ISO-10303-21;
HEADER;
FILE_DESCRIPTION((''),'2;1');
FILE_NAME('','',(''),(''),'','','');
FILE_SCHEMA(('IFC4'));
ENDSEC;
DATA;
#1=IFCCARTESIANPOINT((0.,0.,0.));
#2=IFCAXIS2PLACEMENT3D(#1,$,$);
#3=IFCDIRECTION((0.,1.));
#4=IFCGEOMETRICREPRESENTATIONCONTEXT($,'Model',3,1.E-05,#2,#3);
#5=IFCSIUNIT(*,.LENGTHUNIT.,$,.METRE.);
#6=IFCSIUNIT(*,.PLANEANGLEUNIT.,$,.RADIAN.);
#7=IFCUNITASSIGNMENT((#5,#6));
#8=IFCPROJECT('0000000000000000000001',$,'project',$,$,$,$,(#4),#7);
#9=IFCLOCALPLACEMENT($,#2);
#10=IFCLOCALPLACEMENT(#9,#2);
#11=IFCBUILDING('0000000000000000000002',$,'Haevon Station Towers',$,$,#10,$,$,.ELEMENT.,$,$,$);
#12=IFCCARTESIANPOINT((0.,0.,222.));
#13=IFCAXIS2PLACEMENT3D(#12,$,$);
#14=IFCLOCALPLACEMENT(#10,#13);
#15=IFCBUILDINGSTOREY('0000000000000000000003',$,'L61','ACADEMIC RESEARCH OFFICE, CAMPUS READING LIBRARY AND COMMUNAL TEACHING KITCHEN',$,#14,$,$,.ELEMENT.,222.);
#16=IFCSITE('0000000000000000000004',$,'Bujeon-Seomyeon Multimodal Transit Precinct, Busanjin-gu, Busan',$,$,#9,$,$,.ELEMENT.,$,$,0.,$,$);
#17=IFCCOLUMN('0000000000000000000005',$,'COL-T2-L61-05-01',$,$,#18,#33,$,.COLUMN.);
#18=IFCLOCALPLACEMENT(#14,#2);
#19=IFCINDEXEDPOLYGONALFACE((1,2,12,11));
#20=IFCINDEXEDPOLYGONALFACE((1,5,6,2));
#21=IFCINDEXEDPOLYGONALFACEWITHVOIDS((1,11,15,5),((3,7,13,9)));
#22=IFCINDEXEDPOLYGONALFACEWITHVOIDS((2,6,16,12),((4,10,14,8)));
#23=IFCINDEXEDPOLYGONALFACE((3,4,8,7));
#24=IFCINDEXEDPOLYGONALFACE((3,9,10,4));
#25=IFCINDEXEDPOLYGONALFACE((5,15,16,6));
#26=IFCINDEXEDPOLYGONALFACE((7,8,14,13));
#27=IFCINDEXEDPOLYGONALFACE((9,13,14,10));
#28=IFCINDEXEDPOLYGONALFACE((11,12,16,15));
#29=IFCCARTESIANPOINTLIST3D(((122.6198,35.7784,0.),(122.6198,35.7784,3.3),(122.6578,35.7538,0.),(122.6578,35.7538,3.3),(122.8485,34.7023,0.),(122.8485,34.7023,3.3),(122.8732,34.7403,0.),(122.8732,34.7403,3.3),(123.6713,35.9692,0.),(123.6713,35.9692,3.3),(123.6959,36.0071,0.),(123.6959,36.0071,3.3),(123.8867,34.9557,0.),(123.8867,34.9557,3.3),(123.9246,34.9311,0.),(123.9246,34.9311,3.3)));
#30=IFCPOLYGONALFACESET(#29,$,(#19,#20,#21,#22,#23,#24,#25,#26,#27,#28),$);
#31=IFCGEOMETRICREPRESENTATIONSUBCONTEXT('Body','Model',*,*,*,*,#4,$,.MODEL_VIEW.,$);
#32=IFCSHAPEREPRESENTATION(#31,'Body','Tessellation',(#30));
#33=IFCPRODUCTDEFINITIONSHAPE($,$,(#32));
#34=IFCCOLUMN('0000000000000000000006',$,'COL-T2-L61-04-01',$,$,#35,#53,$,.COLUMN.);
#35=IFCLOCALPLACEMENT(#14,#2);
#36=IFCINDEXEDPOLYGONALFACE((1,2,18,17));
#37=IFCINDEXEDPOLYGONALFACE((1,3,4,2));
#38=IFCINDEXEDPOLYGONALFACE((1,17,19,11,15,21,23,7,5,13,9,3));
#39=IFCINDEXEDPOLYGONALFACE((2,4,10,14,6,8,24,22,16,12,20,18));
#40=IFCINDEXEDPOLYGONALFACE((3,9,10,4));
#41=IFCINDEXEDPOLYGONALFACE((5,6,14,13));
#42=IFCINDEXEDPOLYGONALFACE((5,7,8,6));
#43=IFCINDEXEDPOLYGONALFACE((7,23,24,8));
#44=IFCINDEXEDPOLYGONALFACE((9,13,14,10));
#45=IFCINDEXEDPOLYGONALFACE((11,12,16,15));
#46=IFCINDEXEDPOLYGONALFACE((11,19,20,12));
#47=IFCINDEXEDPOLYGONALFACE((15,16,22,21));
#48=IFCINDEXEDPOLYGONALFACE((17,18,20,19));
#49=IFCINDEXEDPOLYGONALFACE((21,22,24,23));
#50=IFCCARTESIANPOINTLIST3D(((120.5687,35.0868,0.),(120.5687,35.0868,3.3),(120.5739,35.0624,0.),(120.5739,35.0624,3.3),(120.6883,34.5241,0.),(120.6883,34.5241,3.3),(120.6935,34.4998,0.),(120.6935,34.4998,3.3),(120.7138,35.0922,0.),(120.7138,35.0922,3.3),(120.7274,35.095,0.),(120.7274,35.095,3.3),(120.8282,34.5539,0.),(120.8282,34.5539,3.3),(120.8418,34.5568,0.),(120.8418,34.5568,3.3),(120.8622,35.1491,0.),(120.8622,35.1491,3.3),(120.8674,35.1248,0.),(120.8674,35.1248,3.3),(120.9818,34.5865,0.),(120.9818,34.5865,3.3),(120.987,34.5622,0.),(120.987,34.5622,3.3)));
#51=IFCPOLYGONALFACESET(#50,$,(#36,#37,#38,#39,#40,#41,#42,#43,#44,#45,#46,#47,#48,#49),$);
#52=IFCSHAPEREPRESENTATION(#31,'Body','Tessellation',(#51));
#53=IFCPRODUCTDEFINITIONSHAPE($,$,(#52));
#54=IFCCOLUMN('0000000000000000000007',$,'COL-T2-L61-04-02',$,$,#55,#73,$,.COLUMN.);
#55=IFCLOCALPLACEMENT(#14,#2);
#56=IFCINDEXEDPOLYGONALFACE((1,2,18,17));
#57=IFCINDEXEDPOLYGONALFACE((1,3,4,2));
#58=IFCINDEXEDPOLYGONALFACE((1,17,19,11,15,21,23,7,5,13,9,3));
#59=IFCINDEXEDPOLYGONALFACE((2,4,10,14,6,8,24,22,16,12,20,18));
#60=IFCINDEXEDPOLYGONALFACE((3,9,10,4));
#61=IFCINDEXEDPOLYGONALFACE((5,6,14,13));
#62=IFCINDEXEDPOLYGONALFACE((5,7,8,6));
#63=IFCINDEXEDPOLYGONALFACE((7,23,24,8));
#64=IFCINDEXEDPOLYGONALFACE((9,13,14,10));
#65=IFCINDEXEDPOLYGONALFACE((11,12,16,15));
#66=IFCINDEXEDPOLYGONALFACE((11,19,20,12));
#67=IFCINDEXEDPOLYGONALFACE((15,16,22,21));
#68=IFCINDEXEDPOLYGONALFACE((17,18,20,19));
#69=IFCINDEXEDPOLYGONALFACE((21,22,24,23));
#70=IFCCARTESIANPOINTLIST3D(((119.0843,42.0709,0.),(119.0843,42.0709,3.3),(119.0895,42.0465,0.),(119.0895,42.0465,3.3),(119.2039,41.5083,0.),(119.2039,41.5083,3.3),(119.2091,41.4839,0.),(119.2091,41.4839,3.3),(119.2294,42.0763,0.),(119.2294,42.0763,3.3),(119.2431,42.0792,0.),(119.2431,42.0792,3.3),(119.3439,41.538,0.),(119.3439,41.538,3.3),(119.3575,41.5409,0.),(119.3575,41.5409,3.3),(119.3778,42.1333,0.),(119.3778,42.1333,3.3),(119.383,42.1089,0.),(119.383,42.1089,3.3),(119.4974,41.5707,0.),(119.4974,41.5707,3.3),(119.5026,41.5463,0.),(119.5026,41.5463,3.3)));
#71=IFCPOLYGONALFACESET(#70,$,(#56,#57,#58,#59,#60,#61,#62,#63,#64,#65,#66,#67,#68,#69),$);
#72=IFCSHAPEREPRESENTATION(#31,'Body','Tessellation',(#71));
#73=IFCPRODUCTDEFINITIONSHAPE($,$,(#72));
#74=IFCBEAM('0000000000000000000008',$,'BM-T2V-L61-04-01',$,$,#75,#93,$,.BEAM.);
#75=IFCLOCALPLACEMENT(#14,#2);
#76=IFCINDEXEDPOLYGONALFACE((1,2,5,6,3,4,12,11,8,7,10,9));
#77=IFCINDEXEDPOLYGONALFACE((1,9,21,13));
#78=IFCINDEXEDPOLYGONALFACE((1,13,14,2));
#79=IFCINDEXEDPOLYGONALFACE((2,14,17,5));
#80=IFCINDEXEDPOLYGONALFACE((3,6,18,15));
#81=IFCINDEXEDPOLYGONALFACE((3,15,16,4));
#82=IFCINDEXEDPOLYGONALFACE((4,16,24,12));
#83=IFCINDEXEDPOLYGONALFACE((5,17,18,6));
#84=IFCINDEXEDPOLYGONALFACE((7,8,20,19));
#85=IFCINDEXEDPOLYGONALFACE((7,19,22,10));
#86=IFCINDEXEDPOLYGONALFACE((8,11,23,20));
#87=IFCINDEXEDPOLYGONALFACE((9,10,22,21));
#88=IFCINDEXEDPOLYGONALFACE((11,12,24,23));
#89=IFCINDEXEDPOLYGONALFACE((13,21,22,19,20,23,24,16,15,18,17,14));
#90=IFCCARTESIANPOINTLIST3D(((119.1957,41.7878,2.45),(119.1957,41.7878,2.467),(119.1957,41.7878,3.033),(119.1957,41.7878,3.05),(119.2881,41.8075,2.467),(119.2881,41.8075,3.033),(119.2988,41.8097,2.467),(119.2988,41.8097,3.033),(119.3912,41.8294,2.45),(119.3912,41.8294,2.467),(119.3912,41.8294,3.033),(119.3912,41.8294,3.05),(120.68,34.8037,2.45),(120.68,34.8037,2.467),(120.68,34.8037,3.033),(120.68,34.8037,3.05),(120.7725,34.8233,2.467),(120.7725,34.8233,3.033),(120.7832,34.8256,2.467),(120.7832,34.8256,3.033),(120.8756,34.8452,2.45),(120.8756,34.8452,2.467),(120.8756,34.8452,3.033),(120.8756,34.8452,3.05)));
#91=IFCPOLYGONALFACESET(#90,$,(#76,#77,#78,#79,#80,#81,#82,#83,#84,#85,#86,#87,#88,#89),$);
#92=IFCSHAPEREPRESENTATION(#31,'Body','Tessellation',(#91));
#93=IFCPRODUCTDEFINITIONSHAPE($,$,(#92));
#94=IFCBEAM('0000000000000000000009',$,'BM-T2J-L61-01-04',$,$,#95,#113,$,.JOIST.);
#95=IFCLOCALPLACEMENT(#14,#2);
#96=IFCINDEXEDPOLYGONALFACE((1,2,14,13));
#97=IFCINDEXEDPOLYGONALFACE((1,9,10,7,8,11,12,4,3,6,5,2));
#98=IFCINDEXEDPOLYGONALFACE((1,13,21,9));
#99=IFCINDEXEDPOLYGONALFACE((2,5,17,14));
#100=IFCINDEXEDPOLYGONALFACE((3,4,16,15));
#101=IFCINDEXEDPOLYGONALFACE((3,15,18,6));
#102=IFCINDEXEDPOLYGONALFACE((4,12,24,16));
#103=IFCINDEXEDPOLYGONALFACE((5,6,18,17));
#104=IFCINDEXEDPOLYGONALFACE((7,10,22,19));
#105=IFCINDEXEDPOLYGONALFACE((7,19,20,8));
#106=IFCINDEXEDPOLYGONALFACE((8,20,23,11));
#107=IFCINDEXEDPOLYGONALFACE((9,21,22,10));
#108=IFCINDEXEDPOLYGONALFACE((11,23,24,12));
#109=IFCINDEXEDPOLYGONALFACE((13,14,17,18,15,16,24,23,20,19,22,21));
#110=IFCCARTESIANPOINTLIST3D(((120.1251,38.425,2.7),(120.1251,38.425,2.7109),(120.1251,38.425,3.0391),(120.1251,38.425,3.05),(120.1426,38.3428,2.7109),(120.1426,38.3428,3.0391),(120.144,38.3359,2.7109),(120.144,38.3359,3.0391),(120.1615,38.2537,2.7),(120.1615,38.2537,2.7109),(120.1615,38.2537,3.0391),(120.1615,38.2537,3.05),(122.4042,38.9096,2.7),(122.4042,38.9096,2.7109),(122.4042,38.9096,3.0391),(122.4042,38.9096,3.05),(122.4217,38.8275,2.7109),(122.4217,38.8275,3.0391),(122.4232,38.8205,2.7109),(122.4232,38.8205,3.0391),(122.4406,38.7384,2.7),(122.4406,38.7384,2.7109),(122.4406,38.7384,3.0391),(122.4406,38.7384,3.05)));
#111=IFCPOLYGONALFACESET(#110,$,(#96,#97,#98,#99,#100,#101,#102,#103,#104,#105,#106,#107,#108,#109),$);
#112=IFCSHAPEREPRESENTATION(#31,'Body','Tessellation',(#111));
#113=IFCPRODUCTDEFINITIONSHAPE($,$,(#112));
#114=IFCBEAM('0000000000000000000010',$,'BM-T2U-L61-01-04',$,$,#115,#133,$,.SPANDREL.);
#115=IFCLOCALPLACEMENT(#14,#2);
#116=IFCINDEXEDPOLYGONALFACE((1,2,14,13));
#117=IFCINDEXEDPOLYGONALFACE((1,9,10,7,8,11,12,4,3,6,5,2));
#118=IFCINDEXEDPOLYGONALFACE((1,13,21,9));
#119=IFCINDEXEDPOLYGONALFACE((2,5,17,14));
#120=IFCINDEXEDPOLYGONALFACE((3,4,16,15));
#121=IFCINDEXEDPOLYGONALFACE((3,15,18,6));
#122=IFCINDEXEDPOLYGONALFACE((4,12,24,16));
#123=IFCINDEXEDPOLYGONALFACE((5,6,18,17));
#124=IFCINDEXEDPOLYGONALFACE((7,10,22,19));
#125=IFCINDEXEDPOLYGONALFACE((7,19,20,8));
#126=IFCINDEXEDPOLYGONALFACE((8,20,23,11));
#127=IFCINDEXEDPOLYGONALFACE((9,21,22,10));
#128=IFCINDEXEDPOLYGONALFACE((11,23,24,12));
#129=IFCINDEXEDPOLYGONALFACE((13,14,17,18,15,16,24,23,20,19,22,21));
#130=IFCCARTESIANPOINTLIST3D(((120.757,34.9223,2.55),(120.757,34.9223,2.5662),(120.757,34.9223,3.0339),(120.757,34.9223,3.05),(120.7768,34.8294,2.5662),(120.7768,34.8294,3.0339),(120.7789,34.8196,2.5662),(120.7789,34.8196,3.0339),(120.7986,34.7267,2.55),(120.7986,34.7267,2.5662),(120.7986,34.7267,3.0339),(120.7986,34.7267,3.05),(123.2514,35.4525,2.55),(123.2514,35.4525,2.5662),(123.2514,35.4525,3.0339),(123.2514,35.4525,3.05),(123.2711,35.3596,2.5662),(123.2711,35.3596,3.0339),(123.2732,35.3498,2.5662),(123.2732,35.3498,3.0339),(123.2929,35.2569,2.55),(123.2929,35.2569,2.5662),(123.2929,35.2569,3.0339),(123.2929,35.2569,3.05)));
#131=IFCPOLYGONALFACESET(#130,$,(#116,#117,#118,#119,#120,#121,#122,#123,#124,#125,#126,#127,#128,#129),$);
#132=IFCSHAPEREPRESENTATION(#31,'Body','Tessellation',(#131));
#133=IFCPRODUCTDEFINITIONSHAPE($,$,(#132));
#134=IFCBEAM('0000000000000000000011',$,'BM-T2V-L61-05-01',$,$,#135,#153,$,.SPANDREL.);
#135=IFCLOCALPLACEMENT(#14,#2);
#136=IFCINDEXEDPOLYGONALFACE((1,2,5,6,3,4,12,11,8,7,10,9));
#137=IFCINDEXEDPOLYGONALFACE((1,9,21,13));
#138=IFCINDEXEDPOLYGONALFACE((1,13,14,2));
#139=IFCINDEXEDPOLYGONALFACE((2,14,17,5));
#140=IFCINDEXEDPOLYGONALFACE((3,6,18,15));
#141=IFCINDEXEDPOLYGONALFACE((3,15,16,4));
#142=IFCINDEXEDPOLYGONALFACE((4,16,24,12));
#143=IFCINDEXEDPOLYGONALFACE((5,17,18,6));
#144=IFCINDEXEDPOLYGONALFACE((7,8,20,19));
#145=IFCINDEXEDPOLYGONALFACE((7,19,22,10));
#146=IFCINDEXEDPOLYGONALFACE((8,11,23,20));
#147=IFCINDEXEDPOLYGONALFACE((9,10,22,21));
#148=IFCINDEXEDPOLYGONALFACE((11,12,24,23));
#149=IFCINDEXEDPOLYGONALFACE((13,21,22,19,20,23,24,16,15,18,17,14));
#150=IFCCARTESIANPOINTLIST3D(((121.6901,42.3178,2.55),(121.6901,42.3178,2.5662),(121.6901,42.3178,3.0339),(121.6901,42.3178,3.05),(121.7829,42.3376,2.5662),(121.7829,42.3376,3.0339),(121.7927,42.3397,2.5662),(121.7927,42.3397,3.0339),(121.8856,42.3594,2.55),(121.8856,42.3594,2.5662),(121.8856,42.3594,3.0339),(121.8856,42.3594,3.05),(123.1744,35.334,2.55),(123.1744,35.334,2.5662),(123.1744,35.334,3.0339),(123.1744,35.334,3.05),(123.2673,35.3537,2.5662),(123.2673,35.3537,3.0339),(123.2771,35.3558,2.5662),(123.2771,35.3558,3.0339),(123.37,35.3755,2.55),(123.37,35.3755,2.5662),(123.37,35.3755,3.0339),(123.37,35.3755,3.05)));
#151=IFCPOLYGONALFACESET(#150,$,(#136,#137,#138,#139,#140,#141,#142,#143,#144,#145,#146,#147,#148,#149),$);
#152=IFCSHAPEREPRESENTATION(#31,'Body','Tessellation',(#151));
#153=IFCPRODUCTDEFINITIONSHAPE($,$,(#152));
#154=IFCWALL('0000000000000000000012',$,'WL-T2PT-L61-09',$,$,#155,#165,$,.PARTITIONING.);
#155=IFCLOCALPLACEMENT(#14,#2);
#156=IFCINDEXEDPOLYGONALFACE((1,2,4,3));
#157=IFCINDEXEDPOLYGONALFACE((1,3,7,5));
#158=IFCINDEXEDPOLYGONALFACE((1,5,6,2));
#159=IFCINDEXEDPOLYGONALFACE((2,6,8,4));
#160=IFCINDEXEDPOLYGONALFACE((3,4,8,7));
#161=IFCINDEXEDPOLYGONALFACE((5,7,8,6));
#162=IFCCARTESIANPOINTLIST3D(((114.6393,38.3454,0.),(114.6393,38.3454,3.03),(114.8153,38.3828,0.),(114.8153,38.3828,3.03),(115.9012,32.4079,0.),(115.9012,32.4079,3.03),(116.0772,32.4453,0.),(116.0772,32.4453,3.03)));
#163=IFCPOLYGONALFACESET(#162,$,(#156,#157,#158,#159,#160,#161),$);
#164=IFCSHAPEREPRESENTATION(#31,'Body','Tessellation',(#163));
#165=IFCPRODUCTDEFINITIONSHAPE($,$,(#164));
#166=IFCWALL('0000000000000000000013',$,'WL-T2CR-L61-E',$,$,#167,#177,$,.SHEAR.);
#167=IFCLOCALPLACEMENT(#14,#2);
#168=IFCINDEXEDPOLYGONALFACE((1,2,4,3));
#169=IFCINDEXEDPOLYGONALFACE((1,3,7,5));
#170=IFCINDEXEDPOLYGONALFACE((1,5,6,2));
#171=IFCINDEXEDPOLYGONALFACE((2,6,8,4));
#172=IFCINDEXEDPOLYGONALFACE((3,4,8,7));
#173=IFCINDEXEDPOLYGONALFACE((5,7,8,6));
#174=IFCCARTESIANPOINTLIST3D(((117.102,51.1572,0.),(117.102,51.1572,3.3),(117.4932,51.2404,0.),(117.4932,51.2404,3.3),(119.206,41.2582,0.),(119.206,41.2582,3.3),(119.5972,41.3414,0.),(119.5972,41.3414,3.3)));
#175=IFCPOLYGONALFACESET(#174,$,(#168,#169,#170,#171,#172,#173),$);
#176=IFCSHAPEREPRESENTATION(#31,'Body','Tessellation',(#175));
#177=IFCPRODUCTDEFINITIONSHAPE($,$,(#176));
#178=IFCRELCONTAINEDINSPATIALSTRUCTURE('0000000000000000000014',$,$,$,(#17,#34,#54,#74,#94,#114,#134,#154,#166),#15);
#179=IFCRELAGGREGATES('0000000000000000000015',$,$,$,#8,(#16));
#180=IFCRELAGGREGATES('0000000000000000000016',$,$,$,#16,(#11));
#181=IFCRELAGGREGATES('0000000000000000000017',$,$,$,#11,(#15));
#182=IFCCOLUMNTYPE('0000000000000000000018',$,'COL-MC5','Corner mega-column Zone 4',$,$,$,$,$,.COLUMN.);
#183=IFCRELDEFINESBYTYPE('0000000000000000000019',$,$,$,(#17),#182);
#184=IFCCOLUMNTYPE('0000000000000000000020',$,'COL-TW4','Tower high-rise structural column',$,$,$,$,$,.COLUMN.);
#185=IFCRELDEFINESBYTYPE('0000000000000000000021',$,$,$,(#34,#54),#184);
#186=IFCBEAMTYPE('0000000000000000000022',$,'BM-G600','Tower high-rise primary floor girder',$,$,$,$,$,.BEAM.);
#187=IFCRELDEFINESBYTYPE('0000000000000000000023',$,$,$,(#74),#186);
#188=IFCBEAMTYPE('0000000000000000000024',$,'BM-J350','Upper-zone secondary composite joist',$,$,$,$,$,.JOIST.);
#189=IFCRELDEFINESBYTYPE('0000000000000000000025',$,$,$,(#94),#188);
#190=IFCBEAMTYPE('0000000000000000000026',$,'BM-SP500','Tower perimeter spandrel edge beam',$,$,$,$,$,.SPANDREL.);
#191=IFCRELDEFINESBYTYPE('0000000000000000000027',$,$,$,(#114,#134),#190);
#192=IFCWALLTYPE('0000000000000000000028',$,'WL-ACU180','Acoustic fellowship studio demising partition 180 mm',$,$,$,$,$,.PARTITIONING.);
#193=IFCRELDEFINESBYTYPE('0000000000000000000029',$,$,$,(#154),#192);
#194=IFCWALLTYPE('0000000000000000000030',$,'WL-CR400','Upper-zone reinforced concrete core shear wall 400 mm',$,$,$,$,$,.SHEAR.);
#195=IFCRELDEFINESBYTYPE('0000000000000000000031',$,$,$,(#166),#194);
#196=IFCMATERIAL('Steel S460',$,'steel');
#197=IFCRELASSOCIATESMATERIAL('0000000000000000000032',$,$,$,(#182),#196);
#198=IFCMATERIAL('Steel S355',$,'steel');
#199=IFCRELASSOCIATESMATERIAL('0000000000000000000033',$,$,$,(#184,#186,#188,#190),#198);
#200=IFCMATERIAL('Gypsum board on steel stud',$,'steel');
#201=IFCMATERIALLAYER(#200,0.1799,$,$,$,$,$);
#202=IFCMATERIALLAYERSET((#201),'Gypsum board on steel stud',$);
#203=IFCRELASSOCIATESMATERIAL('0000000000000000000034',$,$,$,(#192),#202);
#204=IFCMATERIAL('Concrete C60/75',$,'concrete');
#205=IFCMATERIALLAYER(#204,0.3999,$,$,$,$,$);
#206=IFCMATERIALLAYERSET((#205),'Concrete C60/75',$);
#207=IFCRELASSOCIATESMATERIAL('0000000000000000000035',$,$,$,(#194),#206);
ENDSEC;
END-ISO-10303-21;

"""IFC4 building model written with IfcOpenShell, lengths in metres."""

from ifc_helpers import new_model, si_unit, direction, frame, frame_2d, origin, origin_2d, place, context, subcontext, project, spatial, rectangle, hollow_rectangle, i_section, extrude, material, layer, layer_set, material_profile, profile_set, type_object, element, save


model = new_model("IFC4")

# Units and contexts
model_context = context("Model", 3, precision=1e-05, world=origin(), true_north=direction((0.0, 1.0)))
body_context = subcontext(model_context, "Body", "Model", "MODEL_VIEW")
ifc_project = project(units=[si_unit("LENGTHUNIT", "METRE"), si_unit("PLANEANGLEUNIT", "RADIAN")], contexts=[model_context])

# Site, building, storey
site_placement = place(None, origin())
site = spatial("IfcSite", under=ifc_project, at=site_placement, Name="Bujeon-Seomyeon Multimodal Transit Precinct, Busanjin-gu, Busan", CompositionType="ELEMENT", RefElevation=0.0)
building_placement = place(site_placement, origin())
building = spatial("IfcBuilding", under=site, at=building_placement, Name="Haevon Station Towers", CompositionType="ELEMENT")
storey_placement = place(building_placement, frame((0.0, 0.0, 222.0)))
storey = spatial("IfcBuildingStorey", under=building, at=storey_placement, Name="L61", Description="ACADEMIC RESEARCH OFFICE, CAMPUS READING LIBRARY AND COMMUNAL TEACHING KITCHEN", CompositionType="ELEMENT", Elevation=222.0)

# Columns
ifc_material_1 = material(Name="Steel S460", Category="steel")
ifc_material_profile_1 = material_profile(ifc_material_1, hollow_rectangle(XDim=1.1001, YDim=1.1001, WallThickness=0.032, at=origin_2d()), Name="BOX-1100x1100x32")
ifc_profile_set_1 = profile_set([ifc_material_profile_1], Name="Steel S460")
column_type_1 = type_object("IfcColumnType", Name="COL-MC5", Description="Corner mega-column Zone 4", PredefinedType="COLUMN", material=ifc_profile_set_1)
column_placement = place(storey_placement, frame((123.2722, 35.3547, 0.0), z_axis=(0.0, 0.0, 1.0), x_axis=(0.978148, 0.207912, 0.0)))
element("IfcColumn", 1, at=column_placement, inside=storey, type_object=column_type_1, Name="COL-T2-L61-05-01", PredefinedType="COLUMN", context=body_context, shape_type="SweptSolid", body=[
    extrude(hollow_rectangle(XDim=1.1001, YDim=1.1001, WallThickness=0.032, at=origin_2d()), origin(), (0.0, 0.0, 1.0), 3.3),
])
ifc_material_2 = material(Name="Steel S355", Category="steel")
ifc_material_profile_2 = material_profile(ifc_material_2, i_section(OverallWidth=0.3, OverallDepth=0.6001, WebThickness=0.0139, FlangeThickness=0.0249, at=origin_2d()), Name="H-600x300x14x25")
ifc_profile_set_2 = profile_set([ifc_material_profile_2], Name="Steel S355")
column_type_2 = type_object("IfcColumnType", Name="COL-TW4", Description="Tower high-rise structural column", PredefinedType="COLUMN", material=ifc_profile_set_2)
for number, where, z_axis, x_axis, name in (
    (2, (120.7778, 34.8245, 0.0), (0.0, 0.0, 1.0), (0.978148, 0.207912, 0.0), "COL-T2-L61-04-01"),
    (3, (119.2935, 41.8086, 0.0), (0.0, 0.0, 1.0), (0.978148, 0.207912, 0.0), "COL-T2-L61-04-02"),
):
    element("IfcColumn", number, at=place(storey_placement, frame(where, z_axis=z_axis, x_axis=x_axis)), inside=storey, type_object=column_type_2, Name=name, PredefinedType="COLUMN", context=body_context, shape_type="SweptSolid", body=[
        extrude(i_section(OverallWidth=0.3, OverallDepth=0.6001, WebThickness=0.0139, FlangeThickness=0.0249, at=origin_2d()), origin(), (0.0, 0.0, 1.0), 3.3),
    ])

# Beams
ifc_material_profile_3 = material_profile(ifc_material_2, i_section(OverallWidth=0.2, OverallDepth=0.6001, WebThickness=0.011, FlangeThickness=0.0171, at=origin_2d()), Name="H-600x200x11x17")
ifc_profile_set_3 = profile_set([ifc_material_profile_3], Name="Steel S355")
beam_type_1 = type_object("IfcBeamType", Name="BM-G600", Description="Tower high-rise primary floor girder", PredefinedType="BEAM", material=ifc_profile_set_3)
beam_1_placement = place(storey_placement, frame((120.7778, 34.8245, 2.75), z_axis=(-0.207892, 0.978152, 0.0), x_axis=(-0.978152, -0.207892, 0.0)))
element("IfcBeam", 4, at=beam_1_placement, inside=storey, type_object=beam_type_1, Name="BM-T2V-L61-04-01", PredefinedType="BEAM", context=body_context, shape_type="SweptSolid", body=[
    extrude(i_section(OverallWidth=0.2, OverallDepth=0.6001, WebThickness=0.011, FlangeThickness=0.0171, at=origin_2d()), origin(), (0.0, 0.0, 1.0), 7.1401),
])
ifc_material_profile_4 = material_profile(ifc_material_2, i_section(OverallWidth=0.175, OverallDepth=0.3501, WebThickness=0.0071, FlangeThickness=0.011, at=origin_2d()), Name="H-350x175x7x11")
ifc_profile_set_4 = profile_set([ifc_material_profile_4], Name="Steel S355")
beam_type_2 = type_object("IfcBeamType", Name="BM-J350", Description="Upper-zone secondary composite joist", PredefinedType="JOIST", material=ifc_profile_set_4)
beam_2_placement = place(storey_placement, frame((120.1433, 38.3394, 2.875), z_axis=(0.978131, 0.20799, 0.0), x_axis=(-0.20799, 0.978131, 0.0)))
element("IfcBeam", 5, at=beam_2_placement, inside=storey, type_object=beam_type_2, Name="BM-T2J-L61-01-04", PredefinedType="JOIST", context=body_context, shape_type="SweptSolid", body=[
    extrude(i_section(OverallWidth=0.175, OverallDepth=0.3501, WebThickness=0.0071, FlangeThickness=0.011, at=origin_2d()), origin(), (0.0, 0.0, 1.0), 2.3301),
])
ifc_material_profile_5 = material_profile(ifc_material_2, i_section(OverallWidth=0.2, OverallDepth=0.5, WebThickness=0.01, FlangeThickness=0.0161, at=origin_2d()), Name="H-500x200x10x16")
ifc_profile_set_5 = profile_set([ifc_material_profile_5], Name="Steel S355")
beam_type_3 = type_object("IfcBeamType", Name="BM-SP500", Description="Tower perimeter spandrel edge beam", PredefinedType="SPANDREL", material=ifc_profile_set_5)
beam_3_placement = place(storey_placement, frame((120.7778, 34.8245, 2.8), z_axis=(0.978142, 0.20794, 0.0), x_axis=(-0.20794, 0.978142, 0.0)))
element("IfcBeam", 6, at=beam_3_placement, inside=storey, type_object=beam_type_3, Name="BM-T2U-L61-01-04", PredefinedType="SPANDREL", context=body_context, shape_type="SweptSolid", body=[
    extrude(i_section(OverallWidth=0.2, OverallDepth=0.5, WebThickness=0.01, FlangeThickness=0.0161, at=origin_2d()), origin(), (0.0, 0.0, 1.0), 2.55),
])
beam_4_placement = place(storey_placement, frame((123.2722, 35.3547, 2.8), z_axis=(-0.207899, 0.97815, 0.0), x_axis=(-0.97815, -0.207899, 0.0)))
element("IfcBeam", 7, at=beam_4_placement, inside=storey, type_object=beam_type_3, Name="BM-T2V-L61-05-01", PredefinedType="SPANDREL", context=body_context, shape_type="SweptSolid", body=[
    extrude(i_section(OverallWidth=0.2, OverallDepth=0.5, WebThickness=0.01, FlangeThickness=0.0161, at=origin_2d()), origin(), (0.0, 0.0, 1.0), 7.1399),
])

# Walls
ifc_material_3 = material(Name="Gypsum board on steel stud", Category="steel")
ifc_layer_1 = layer(ifc_material_3, 0.1799)
ifc_layer_set_1 = layer_set([ifc_layer_1], Name="Gypsum board on steel stud")
wall_type_1 = type_object("IfcWallType", Name="WL-ACU180", Description="Acoustic fellowship studio demising partition 180 mm", PredefinedType="PARTITIONING", material=ifc_layer_set_1)
wall_1_placement = place(storey_placement, frame((115.9893, 32.4265, 0.0), z_axis=(0.0, 0.0, 1.0), x_axis=(-0.207897, 0.978151, 0.0)))
element("IfcWall", 8, at=wall_1_placement, inside=storey, type_object=wall_type_1, Name="WL-T2PT-L61-09", PredefinedType="PARTITIONING", context=body_context, shape_type="SweptSolid", body=[
    extrude(rectangle(XDim=6.0701, YDim=0.1799, at=frame_2d((3.0352, 0.0))), origin(), (0.0, 0.0, 1.0), 3.03),
])
ifc_material_4 = material(Name="Concrete C60/75", Category="concrete")
ifc_layer_2 = layer(ifc_material_4, 0.3999)
ifc_layer_set_2 = layer_set([ifc_layer_2], Name="Concrete C60/75")
wall_type_2 = type_object("IfcWallType", Name="WL-CR400", Description="Upper-zone reinforced concrete core shear wall 400 mm", PredefinedType="SHEAR", material=ifc_layer_set_2)
wall_2_placement = place(storey_placement, frame((119.4016, 41.2998, 0.0), z_axis=(0.0, 0.0, 1.0), x_axis=(-0.207904, 0.978149, 0.0)))
element("IfcWall", 9, at=wall_2_placement, inside=storey, type_object=wall_type_2, Name="WL-T2CR-L61-E", PredefinedType="SHEAR", context=body_context, shape_type="SweptSolid", body=[
    extrude(rectangle(XDim=10.1201, YDim=0.3999, at=frame_2d((5.0601, 0.0))), origin(), (0.0, 0.0, 1.0), 3.3),
])

save(model, "model.ifc")
